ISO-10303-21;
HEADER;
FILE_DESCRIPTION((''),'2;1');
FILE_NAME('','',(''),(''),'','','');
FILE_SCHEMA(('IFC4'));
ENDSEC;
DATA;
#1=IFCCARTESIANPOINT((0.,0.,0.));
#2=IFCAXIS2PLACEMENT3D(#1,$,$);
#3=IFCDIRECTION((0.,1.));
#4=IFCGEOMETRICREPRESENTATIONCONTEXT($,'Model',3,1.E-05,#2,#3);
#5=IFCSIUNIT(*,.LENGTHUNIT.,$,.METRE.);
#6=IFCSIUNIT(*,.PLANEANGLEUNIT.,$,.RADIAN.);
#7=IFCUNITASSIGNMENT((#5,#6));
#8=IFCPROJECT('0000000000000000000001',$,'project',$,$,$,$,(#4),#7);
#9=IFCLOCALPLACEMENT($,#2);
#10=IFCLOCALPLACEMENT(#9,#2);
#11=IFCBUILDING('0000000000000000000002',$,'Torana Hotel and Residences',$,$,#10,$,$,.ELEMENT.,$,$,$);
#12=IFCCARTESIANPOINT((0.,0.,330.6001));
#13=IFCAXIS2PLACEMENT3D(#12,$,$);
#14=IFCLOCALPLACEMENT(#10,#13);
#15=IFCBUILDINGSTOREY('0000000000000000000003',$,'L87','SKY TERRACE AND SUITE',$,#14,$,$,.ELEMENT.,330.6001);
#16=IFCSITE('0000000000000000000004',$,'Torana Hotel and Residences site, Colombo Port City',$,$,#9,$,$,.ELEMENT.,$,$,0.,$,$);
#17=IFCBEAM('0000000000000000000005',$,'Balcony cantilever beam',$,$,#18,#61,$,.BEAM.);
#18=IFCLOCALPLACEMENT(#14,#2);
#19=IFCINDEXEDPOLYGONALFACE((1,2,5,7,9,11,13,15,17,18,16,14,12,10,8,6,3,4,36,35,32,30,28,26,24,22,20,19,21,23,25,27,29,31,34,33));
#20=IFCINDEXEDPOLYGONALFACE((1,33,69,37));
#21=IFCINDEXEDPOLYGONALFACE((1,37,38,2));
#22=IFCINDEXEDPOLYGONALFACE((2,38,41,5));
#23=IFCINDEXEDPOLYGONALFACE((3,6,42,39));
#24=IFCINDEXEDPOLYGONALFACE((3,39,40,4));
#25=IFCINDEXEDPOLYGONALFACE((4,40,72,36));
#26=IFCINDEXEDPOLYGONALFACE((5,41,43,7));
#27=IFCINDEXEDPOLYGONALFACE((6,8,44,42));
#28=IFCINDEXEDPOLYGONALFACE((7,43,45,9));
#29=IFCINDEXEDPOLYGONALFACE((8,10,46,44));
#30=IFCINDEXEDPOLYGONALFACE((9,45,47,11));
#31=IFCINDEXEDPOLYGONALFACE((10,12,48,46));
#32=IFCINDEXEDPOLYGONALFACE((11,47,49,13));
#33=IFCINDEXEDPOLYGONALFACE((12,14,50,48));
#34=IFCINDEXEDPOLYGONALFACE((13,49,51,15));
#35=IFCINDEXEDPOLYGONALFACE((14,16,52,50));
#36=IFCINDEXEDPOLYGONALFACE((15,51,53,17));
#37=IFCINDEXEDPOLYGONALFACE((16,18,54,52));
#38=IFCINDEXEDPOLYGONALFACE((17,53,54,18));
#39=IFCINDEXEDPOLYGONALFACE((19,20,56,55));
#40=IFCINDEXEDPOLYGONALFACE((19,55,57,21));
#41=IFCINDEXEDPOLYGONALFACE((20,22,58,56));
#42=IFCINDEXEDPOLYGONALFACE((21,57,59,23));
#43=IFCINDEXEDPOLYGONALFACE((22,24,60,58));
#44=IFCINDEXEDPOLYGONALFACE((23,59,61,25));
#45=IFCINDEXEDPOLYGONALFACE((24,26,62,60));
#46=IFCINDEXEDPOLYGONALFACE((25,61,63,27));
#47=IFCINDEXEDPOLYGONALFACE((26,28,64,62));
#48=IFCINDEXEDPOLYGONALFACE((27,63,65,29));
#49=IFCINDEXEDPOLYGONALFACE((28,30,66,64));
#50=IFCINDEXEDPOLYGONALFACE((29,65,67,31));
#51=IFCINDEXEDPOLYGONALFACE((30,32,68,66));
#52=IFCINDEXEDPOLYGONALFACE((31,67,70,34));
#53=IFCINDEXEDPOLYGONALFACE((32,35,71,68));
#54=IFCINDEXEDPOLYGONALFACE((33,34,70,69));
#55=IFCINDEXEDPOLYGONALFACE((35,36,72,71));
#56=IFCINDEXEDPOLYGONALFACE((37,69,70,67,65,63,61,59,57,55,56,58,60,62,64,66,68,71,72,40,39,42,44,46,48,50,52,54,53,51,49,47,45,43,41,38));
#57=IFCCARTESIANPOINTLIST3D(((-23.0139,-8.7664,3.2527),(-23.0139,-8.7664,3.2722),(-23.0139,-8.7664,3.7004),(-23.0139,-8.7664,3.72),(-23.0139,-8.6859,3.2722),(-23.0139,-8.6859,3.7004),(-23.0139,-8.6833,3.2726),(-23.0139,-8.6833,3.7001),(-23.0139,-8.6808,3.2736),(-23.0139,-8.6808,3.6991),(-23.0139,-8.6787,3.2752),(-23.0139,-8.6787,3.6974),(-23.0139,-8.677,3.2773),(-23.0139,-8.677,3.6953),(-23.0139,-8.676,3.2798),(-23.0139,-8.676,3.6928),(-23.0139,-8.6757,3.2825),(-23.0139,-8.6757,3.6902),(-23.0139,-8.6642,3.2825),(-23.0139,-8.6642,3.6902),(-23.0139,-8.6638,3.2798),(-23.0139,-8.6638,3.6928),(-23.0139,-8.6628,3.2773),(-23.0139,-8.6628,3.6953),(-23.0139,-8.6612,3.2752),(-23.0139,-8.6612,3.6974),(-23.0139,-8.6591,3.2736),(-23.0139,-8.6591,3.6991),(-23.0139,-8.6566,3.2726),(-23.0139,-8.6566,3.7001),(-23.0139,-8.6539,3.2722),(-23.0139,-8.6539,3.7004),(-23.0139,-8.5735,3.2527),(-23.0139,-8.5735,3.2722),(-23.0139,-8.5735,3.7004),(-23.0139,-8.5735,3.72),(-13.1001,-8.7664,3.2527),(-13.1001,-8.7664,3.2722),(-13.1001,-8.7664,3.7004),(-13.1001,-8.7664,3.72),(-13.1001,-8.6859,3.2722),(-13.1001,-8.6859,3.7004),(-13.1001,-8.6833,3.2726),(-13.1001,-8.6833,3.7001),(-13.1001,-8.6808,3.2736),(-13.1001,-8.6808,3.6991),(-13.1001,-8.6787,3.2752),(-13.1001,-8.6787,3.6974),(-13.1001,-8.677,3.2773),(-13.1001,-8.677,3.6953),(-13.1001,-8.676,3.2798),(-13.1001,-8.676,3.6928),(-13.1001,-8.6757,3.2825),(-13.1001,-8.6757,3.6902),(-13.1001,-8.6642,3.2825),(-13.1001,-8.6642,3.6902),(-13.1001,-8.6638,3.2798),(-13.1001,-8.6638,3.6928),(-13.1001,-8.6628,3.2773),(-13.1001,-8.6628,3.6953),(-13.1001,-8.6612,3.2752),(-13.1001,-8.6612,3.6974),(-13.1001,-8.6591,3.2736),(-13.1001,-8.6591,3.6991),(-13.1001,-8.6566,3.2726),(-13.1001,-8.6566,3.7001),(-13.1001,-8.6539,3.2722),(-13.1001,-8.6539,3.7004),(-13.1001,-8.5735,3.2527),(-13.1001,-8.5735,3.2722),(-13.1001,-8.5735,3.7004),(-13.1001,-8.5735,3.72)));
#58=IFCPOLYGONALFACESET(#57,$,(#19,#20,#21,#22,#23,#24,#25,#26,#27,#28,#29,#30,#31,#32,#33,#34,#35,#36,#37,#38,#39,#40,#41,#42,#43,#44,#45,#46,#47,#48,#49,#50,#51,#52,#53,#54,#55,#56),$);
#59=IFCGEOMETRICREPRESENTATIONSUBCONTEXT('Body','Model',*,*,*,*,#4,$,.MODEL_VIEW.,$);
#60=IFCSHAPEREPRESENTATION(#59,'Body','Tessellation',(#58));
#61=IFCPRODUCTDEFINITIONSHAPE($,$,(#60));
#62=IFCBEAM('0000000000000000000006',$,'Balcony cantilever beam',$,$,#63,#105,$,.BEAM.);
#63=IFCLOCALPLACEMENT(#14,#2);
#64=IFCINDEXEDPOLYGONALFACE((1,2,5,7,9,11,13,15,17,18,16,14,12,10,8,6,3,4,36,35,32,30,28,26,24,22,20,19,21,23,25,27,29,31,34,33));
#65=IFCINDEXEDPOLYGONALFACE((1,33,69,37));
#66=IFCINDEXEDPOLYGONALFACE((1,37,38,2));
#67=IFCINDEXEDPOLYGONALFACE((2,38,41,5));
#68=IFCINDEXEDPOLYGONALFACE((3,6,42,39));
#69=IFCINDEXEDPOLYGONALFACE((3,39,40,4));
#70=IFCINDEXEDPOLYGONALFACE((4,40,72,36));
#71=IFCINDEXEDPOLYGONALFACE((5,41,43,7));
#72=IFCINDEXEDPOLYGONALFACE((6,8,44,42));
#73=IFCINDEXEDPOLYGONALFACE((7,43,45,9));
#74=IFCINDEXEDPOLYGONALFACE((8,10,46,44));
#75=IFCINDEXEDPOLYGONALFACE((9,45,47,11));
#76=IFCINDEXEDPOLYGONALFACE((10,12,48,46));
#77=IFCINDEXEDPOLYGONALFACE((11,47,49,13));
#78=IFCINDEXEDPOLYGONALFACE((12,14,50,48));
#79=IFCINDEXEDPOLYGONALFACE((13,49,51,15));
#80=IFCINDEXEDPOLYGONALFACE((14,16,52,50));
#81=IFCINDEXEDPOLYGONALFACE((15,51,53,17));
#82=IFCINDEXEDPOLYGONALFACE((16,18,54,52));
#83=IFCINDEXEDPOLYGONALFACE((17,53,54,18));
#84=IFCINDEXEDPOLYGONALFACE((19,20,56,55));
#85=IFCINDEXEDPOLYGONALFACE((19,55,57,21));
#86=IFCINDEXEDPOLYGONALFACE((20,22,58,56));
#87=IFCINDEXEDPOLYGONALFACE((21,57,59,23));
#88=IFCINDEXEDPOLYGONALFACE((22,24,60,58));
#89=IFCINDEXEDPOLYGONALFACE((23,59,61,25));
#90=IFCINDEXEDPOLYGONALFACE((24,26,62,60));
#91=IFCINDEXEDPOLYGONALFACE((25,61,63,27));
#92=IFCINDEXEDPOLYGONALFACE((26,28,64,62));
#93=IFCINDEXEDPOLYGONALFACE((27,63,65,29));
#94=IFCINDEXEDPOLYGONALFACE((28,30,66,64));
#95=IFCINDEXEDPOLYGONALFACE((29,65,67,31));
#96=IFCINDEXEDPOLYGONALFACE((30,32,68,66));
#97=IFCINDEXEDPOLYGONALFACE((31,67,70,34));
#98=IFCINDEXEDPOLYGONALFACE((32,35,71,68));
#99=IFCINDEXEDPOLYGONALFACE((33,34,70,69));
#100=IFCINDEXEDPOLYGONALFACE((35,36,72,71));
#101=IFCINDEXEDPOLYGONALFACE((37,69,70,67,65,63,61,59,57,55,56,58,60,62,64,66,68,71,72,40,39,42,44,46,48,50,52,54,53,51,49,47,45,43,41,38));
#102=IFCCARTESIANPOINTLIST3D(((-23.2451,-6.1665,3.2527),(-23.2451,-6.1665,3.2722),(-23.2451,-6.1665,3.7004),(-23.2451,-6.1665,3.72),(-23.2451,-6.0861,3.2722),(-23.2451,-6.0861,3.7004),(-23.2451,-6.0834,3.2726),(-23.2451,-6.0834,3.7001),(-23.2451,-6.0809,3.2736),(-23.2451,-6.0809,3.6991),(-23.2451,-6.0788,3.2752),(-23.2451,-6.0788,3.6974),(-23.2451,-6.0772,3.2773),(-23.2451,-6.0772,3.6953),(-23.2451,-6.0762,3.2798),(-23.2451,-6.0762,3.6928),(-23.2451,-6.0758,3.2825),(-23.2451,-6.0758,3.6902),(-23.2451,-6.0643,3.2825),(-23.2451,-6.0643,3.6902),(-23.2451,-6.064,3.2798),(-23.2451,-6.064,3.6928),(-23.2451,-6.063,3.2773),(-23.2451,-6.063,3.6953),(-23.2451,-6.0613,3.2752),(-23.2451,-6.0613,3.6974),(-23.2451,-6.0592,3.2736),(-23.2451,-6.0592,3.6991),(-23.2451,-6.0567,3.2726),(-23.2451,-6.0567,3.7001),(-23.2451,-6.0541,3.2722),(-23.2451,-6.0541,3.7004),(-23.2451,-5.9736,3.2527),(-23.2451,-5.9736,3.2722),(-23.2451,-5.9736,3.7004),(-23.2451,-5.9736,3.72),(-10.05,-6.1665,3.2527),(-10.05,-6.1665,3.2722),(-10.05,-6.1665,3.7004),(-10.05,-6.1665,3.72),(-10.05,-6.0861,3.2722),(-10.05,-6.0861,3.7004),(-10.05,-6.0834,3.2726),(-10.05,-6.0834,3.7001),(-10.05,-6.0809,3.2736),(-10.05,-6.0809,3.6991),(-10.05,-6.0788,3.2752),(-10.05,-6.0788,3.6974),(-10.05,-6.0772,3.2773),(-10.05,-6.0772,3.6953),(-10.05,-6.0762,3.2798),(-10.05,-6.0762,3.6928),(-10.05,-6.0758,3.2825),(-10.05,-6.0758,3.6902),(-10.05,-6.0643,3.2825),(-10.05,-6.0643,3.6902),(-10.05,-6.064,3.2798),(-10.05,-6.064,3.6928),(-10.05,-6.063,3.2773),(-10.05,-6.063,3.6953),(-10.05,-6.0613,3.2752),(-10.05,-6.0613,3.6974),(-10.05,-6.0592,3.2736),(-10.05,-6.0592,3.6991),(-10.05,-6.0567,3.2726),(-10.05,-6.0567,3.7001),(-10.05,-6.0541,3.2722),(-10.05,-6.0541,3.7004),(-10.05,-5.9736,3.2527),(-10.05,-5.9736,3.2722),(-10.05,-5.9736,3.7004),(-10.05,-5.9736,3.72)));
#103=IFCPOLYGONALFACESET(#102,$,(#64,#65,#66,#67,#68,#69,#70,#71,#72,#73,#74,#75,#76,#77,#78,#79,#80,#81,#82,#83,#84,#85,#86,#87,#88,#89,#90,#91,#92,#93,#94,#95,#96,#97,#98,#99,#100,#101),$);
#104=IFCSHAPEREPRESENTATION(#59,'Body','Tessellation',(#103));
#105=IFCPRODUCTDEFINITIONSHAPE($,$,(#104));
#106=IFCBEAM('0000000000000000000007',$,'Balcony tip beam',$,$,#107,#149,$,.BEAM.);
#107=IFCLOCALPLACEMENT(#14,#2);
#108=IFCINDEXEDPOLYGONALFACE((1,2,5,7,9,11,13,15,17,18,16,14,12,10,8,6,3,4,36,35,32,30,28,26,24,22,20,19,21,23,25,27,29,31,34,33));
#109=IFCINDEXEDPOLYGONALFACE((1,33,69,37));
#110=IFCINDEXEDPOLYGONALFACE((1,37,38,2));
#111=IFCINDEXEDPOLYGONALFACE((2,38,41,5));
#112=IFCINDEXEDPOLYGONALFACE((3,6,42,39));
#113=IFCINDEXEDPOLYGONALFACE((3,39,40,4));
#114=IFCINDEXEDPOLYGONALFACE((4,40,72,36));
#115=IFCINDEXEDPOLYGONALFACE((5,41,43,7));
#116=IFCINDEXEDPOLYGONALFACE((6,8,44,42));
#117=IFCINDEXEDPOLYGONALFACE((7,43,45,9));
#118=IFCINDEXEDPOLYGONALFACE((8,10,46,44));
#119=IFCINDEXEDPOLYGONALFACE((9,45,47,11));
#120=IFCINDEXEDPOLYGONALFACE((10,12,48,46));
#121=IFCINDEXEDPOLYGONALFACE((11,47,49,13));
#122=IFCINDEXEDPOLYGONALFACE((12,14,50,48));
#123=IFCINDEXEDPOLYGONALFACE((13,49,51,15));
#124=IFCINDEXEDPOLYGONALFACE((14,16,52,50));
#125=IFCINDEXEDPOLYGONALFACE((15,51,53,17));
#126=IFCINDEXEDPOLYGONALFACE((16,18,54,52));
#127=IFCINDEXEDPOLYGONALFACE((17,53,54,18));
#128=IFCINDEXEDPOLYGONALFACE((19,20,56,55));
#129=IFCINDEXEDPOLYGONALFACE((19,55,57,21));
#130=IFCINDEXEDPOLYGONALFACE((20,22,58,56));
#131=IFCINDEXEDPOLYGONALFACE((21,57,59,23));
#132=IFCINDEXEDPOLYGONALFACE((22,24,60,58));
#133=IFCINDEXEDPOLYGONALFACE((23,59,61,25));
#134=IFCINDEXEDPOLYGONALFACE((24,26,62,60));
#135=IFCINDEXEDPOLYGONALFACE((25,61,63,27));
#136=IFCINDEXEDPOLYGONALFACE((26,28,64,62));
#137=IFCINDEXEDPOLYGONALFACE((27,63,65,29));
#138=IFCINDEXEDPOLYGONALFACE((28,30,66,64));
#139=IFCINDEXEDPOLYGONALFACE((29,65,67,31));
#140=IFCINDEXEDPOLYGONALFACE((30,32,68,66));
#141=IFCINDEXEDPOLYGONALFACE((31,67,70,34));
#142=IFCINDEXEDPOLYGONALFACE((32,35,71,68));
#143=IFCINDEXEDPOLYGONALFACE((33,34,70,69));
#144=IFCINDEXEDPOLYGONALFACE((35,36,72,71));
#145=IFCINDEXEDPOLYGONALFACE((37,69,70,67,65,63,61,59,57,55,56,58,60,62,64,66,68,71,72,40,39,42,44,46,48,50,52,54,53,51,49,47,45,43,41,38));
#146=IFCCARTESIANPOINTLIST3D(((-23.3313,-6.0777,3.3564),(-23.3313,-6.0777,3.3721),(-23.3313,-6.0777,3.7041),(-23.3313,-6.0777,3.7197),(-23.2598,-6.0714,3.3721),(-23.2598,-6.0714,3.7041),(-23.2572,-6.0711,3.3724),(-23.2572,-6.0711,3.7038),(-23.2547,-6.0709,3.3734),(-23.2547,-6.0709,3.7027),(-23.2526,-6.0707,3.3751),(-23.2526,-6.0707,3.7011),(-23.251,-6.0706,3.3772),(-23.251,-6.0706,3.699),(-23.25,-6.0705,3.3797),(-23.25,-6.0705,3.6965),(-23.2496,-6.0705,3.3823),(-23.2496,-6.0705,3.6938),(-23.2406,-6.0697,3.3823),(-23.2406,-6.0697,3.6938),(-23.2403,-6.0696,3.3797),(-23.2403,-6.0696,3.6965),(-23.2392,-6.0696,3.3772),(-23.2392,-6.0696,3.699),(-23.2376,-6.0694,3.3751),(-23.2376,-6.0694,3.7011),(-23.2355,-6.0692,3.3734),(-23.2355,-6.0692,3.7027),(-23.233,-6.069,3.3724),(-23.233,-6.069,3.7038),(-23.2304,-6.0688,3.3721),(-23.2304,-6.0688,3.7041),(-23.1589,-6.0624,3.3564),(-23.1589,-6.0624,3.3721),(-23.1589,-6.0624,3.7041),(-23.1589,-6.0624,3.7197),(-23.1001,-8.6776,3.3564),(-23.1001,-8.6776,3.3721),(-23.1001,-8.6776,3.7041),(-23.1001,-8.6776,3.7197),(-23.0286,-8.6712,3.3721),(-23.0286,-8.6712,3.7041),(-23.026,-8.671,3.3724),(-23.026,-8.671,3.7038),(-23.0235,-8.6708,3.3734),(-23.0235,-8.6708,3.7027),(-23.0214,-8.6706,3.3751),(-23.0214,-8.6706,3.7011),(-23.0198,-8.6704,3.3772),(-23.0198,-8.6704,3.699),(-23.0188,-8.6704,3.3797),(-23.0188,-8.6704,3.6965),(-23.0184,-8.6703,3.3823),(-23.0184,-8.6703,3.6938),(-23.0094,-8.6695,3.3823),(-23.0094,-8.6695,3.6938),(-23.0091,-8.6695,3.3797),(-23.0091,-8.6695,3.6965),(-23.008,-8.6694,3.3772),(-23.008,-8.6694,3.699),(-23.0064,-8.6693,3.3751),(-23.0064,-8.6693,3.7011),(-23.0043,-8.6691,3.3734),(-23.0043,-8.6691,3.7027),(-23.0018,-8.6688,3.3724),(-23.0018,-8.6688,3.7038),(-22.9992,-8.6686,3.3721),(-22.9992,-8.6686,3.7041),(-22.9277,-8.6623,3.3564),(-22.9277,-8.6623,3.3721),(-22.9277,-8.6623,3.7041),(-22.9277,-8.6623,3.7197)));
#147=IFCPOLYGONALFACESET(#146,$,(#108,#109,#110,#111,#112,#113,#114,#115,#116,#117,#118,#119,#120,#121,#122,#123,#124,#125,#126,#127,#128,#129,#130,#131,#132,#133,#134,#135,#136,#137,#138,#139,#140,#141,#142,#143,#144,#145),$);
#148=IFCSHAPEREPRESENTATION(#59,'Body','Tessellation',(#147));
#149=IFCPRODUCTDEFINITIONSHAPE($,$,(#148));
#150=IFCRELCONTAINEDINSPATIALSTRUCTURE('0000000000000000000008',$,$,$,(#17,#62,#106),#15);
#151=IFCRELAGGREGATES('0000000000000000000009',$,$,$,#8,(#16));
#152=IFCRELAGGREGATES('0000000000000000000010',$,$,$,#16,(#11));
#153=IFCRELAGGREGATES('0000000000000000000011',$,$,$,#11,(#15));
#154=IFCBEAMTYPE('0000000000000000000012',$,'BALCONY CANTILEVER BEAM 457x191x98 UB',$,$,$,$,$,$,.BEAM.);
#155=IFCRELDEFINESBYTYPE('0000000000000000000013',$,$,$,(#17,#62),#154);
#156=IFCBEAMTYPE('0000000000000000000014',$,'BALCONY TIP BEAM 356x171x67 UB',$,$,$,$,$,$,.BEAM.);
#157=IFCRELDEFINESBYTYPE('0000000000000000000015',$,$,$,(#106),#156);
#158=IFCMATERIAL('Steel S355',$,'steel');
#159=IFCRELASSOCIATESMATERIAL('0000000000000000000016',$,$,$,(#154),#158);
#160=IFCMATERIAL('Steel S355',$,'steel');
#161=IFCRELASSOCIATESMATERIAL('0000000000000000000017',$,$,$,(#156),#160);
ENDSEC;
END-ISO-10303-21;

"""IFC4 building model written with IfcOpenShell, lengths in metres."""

from ifc_helpers import new_model, si_unit, direction, frame, origin, origin_2d, place, context, subcontext, project, spatial, i_section, extrude, material, material_profile, profile_set, type_object, element, save


model = new_model("IFC4")

# Units and contexts
model_context = context("Model", 3, precision=1e-05, world=origin(), true_north=direction((0.0, 1.0)))
body_context = subcontext(model_context, "Body", "Model", "MODEL_VIEW")
ifc_project = project(units=[si_unit("LENGTHUNIT", "METRE"), si_unit("PLANEANGLEUNIT", "RADIAN")], contexts=[model_context])

# Site, building, storey
site_placement = place(None, origin())
site = spatial("IfcSite", under=ifc_project, at=site_placement, Name="Torana Hotel and Residences site, Colombo Port City", CompositionType="ELEMENT", RefElevation=0.0)
building_placement = place(site_placement, origin())
building = spatial("IfcBuilding", under=site, at=building_placement, Name="Torana Hotel and Residences", CompositionType="ELEMENT")
storey_placement = place(building_placement, frame((0.0, 0.0, 330.6001)))
storey = spatial("IfcBuildingStorey", under=building, at=storey_placement, Name="L87", Description="SKY TERRACE AND SUITE", CompositionType="ELEMENT", Elevation=330.6001)

# Beams
ifc_material_1 = material(Name="Steel S355", Category="steel")
ifc_material_profile_1 = material_profile(ifc_material_1, i_section(OverallWidth=0.1929, OverallDepth=0.4673, WebThickness=0.0115, FlangeThickness=0.0195, FilletRadius=0.0103, at=origin_2d()), Name="457x191x98 UB")
ifc_profile_set_1 = profile_set([ifc_material_profile_1], Name="Steel S355")
beam_type_1 = type_object("IfcBeamType", Name="BALCONY CANTILEVER BEAM 457x191x98 UB", PredefinedType="BEAM", material=ifc_profile_set_1)
beam_1_placement = place(storey_placement, frame((-23.0139, -8.6699, 3.4863), z_axis=(1.0, 0.0, 0.0), x_axis=(0.0, 1.0, 0.0)))
element("IfcBeam", 1, at=beam_1_placement, inside=storey, type_object=beam_type_1, Name="Balcony cantilever beam", PredefinedType="BEAM", context=body_context, shape_type="SweptSolid", body=[
    extrude(i_section(OverallWidth=0.1929, OverallDepth=0.4673, WebThickness=0.0115, FlangeThickness=0.0195, FilletRadius=0.0103, at=origin_2d()), origin(), (0.0, 0.0, 1.0), 9.9138),
])
beam_2_placement = place(storey_placement, frame((-23.2451, -6.0701, 3.4863), z_axis=(1.0, 0.0, 0.0), x_axis=(0.0, 1.0, 0.0)))
element("IfcBeam", 2, at=beam_2_placement, inside=storey, type_object=beam_type_1, Name="Balcony cantilever beam", PredefinedType="BEAM", context=body_context, shape_type="SweptSolid", body=[
    extrude(i_section(OverallWidth=0.1929, OverallDepth=0.4673, WebThickness=0.0115, FlangeThickness=0.0195, FilletRadius=0.0103, at=origin_2d()), origin(), (0.0, 0.0, 1.0), 13.1951),
])
ifc_material_2 = material(Name="Steel S355", Category="steel")
ifc_material_profile_2 = material_profile(ifc_material_2, i_section(OverallWidth=0.1731, OverallDepth=0.3633, WebThickness=0.009, FlangeThickness=0.0156, FilletRadius=0.0103, at=origin_2d()), Name="356x171x67 UB")
ifc_profile_set_2 = profile_set([ifc_material_profile_2], Name="Steel S355")
beam_type_2 = type_object("IfcBeamType", Name="BALCONY TIP BEAM 356x171x67 UB", PredefinedType="BEAM", material=ifc_profile_set_2)
beam_3_placement = place(storey_placement, frame((-23.0139, -8.6699, 3.5381), z_axis=(-0.088579, 0.996069, 0.0), x_axis=(-0.996069, -0.088579, 0.0)))
element("IfcBeam", 3, at=beam_3_placement, inside=storey, type_object=beam_type_2, Name="Balcony tip beam", PredefinedType="BEAM", context=body_context, shape_type="SweptSolid", body=[
    extrude(i_section(OverallWidth=0.1731, OverallDepth=0.3633, WebThickness=0.009, FlangeThickness=0.0156, FilletRadius=0.0103, at=origin_2d()), origin(), (0.0, 0.0, 1.0), 2.6101),
])

save(model, "model.ifc")
